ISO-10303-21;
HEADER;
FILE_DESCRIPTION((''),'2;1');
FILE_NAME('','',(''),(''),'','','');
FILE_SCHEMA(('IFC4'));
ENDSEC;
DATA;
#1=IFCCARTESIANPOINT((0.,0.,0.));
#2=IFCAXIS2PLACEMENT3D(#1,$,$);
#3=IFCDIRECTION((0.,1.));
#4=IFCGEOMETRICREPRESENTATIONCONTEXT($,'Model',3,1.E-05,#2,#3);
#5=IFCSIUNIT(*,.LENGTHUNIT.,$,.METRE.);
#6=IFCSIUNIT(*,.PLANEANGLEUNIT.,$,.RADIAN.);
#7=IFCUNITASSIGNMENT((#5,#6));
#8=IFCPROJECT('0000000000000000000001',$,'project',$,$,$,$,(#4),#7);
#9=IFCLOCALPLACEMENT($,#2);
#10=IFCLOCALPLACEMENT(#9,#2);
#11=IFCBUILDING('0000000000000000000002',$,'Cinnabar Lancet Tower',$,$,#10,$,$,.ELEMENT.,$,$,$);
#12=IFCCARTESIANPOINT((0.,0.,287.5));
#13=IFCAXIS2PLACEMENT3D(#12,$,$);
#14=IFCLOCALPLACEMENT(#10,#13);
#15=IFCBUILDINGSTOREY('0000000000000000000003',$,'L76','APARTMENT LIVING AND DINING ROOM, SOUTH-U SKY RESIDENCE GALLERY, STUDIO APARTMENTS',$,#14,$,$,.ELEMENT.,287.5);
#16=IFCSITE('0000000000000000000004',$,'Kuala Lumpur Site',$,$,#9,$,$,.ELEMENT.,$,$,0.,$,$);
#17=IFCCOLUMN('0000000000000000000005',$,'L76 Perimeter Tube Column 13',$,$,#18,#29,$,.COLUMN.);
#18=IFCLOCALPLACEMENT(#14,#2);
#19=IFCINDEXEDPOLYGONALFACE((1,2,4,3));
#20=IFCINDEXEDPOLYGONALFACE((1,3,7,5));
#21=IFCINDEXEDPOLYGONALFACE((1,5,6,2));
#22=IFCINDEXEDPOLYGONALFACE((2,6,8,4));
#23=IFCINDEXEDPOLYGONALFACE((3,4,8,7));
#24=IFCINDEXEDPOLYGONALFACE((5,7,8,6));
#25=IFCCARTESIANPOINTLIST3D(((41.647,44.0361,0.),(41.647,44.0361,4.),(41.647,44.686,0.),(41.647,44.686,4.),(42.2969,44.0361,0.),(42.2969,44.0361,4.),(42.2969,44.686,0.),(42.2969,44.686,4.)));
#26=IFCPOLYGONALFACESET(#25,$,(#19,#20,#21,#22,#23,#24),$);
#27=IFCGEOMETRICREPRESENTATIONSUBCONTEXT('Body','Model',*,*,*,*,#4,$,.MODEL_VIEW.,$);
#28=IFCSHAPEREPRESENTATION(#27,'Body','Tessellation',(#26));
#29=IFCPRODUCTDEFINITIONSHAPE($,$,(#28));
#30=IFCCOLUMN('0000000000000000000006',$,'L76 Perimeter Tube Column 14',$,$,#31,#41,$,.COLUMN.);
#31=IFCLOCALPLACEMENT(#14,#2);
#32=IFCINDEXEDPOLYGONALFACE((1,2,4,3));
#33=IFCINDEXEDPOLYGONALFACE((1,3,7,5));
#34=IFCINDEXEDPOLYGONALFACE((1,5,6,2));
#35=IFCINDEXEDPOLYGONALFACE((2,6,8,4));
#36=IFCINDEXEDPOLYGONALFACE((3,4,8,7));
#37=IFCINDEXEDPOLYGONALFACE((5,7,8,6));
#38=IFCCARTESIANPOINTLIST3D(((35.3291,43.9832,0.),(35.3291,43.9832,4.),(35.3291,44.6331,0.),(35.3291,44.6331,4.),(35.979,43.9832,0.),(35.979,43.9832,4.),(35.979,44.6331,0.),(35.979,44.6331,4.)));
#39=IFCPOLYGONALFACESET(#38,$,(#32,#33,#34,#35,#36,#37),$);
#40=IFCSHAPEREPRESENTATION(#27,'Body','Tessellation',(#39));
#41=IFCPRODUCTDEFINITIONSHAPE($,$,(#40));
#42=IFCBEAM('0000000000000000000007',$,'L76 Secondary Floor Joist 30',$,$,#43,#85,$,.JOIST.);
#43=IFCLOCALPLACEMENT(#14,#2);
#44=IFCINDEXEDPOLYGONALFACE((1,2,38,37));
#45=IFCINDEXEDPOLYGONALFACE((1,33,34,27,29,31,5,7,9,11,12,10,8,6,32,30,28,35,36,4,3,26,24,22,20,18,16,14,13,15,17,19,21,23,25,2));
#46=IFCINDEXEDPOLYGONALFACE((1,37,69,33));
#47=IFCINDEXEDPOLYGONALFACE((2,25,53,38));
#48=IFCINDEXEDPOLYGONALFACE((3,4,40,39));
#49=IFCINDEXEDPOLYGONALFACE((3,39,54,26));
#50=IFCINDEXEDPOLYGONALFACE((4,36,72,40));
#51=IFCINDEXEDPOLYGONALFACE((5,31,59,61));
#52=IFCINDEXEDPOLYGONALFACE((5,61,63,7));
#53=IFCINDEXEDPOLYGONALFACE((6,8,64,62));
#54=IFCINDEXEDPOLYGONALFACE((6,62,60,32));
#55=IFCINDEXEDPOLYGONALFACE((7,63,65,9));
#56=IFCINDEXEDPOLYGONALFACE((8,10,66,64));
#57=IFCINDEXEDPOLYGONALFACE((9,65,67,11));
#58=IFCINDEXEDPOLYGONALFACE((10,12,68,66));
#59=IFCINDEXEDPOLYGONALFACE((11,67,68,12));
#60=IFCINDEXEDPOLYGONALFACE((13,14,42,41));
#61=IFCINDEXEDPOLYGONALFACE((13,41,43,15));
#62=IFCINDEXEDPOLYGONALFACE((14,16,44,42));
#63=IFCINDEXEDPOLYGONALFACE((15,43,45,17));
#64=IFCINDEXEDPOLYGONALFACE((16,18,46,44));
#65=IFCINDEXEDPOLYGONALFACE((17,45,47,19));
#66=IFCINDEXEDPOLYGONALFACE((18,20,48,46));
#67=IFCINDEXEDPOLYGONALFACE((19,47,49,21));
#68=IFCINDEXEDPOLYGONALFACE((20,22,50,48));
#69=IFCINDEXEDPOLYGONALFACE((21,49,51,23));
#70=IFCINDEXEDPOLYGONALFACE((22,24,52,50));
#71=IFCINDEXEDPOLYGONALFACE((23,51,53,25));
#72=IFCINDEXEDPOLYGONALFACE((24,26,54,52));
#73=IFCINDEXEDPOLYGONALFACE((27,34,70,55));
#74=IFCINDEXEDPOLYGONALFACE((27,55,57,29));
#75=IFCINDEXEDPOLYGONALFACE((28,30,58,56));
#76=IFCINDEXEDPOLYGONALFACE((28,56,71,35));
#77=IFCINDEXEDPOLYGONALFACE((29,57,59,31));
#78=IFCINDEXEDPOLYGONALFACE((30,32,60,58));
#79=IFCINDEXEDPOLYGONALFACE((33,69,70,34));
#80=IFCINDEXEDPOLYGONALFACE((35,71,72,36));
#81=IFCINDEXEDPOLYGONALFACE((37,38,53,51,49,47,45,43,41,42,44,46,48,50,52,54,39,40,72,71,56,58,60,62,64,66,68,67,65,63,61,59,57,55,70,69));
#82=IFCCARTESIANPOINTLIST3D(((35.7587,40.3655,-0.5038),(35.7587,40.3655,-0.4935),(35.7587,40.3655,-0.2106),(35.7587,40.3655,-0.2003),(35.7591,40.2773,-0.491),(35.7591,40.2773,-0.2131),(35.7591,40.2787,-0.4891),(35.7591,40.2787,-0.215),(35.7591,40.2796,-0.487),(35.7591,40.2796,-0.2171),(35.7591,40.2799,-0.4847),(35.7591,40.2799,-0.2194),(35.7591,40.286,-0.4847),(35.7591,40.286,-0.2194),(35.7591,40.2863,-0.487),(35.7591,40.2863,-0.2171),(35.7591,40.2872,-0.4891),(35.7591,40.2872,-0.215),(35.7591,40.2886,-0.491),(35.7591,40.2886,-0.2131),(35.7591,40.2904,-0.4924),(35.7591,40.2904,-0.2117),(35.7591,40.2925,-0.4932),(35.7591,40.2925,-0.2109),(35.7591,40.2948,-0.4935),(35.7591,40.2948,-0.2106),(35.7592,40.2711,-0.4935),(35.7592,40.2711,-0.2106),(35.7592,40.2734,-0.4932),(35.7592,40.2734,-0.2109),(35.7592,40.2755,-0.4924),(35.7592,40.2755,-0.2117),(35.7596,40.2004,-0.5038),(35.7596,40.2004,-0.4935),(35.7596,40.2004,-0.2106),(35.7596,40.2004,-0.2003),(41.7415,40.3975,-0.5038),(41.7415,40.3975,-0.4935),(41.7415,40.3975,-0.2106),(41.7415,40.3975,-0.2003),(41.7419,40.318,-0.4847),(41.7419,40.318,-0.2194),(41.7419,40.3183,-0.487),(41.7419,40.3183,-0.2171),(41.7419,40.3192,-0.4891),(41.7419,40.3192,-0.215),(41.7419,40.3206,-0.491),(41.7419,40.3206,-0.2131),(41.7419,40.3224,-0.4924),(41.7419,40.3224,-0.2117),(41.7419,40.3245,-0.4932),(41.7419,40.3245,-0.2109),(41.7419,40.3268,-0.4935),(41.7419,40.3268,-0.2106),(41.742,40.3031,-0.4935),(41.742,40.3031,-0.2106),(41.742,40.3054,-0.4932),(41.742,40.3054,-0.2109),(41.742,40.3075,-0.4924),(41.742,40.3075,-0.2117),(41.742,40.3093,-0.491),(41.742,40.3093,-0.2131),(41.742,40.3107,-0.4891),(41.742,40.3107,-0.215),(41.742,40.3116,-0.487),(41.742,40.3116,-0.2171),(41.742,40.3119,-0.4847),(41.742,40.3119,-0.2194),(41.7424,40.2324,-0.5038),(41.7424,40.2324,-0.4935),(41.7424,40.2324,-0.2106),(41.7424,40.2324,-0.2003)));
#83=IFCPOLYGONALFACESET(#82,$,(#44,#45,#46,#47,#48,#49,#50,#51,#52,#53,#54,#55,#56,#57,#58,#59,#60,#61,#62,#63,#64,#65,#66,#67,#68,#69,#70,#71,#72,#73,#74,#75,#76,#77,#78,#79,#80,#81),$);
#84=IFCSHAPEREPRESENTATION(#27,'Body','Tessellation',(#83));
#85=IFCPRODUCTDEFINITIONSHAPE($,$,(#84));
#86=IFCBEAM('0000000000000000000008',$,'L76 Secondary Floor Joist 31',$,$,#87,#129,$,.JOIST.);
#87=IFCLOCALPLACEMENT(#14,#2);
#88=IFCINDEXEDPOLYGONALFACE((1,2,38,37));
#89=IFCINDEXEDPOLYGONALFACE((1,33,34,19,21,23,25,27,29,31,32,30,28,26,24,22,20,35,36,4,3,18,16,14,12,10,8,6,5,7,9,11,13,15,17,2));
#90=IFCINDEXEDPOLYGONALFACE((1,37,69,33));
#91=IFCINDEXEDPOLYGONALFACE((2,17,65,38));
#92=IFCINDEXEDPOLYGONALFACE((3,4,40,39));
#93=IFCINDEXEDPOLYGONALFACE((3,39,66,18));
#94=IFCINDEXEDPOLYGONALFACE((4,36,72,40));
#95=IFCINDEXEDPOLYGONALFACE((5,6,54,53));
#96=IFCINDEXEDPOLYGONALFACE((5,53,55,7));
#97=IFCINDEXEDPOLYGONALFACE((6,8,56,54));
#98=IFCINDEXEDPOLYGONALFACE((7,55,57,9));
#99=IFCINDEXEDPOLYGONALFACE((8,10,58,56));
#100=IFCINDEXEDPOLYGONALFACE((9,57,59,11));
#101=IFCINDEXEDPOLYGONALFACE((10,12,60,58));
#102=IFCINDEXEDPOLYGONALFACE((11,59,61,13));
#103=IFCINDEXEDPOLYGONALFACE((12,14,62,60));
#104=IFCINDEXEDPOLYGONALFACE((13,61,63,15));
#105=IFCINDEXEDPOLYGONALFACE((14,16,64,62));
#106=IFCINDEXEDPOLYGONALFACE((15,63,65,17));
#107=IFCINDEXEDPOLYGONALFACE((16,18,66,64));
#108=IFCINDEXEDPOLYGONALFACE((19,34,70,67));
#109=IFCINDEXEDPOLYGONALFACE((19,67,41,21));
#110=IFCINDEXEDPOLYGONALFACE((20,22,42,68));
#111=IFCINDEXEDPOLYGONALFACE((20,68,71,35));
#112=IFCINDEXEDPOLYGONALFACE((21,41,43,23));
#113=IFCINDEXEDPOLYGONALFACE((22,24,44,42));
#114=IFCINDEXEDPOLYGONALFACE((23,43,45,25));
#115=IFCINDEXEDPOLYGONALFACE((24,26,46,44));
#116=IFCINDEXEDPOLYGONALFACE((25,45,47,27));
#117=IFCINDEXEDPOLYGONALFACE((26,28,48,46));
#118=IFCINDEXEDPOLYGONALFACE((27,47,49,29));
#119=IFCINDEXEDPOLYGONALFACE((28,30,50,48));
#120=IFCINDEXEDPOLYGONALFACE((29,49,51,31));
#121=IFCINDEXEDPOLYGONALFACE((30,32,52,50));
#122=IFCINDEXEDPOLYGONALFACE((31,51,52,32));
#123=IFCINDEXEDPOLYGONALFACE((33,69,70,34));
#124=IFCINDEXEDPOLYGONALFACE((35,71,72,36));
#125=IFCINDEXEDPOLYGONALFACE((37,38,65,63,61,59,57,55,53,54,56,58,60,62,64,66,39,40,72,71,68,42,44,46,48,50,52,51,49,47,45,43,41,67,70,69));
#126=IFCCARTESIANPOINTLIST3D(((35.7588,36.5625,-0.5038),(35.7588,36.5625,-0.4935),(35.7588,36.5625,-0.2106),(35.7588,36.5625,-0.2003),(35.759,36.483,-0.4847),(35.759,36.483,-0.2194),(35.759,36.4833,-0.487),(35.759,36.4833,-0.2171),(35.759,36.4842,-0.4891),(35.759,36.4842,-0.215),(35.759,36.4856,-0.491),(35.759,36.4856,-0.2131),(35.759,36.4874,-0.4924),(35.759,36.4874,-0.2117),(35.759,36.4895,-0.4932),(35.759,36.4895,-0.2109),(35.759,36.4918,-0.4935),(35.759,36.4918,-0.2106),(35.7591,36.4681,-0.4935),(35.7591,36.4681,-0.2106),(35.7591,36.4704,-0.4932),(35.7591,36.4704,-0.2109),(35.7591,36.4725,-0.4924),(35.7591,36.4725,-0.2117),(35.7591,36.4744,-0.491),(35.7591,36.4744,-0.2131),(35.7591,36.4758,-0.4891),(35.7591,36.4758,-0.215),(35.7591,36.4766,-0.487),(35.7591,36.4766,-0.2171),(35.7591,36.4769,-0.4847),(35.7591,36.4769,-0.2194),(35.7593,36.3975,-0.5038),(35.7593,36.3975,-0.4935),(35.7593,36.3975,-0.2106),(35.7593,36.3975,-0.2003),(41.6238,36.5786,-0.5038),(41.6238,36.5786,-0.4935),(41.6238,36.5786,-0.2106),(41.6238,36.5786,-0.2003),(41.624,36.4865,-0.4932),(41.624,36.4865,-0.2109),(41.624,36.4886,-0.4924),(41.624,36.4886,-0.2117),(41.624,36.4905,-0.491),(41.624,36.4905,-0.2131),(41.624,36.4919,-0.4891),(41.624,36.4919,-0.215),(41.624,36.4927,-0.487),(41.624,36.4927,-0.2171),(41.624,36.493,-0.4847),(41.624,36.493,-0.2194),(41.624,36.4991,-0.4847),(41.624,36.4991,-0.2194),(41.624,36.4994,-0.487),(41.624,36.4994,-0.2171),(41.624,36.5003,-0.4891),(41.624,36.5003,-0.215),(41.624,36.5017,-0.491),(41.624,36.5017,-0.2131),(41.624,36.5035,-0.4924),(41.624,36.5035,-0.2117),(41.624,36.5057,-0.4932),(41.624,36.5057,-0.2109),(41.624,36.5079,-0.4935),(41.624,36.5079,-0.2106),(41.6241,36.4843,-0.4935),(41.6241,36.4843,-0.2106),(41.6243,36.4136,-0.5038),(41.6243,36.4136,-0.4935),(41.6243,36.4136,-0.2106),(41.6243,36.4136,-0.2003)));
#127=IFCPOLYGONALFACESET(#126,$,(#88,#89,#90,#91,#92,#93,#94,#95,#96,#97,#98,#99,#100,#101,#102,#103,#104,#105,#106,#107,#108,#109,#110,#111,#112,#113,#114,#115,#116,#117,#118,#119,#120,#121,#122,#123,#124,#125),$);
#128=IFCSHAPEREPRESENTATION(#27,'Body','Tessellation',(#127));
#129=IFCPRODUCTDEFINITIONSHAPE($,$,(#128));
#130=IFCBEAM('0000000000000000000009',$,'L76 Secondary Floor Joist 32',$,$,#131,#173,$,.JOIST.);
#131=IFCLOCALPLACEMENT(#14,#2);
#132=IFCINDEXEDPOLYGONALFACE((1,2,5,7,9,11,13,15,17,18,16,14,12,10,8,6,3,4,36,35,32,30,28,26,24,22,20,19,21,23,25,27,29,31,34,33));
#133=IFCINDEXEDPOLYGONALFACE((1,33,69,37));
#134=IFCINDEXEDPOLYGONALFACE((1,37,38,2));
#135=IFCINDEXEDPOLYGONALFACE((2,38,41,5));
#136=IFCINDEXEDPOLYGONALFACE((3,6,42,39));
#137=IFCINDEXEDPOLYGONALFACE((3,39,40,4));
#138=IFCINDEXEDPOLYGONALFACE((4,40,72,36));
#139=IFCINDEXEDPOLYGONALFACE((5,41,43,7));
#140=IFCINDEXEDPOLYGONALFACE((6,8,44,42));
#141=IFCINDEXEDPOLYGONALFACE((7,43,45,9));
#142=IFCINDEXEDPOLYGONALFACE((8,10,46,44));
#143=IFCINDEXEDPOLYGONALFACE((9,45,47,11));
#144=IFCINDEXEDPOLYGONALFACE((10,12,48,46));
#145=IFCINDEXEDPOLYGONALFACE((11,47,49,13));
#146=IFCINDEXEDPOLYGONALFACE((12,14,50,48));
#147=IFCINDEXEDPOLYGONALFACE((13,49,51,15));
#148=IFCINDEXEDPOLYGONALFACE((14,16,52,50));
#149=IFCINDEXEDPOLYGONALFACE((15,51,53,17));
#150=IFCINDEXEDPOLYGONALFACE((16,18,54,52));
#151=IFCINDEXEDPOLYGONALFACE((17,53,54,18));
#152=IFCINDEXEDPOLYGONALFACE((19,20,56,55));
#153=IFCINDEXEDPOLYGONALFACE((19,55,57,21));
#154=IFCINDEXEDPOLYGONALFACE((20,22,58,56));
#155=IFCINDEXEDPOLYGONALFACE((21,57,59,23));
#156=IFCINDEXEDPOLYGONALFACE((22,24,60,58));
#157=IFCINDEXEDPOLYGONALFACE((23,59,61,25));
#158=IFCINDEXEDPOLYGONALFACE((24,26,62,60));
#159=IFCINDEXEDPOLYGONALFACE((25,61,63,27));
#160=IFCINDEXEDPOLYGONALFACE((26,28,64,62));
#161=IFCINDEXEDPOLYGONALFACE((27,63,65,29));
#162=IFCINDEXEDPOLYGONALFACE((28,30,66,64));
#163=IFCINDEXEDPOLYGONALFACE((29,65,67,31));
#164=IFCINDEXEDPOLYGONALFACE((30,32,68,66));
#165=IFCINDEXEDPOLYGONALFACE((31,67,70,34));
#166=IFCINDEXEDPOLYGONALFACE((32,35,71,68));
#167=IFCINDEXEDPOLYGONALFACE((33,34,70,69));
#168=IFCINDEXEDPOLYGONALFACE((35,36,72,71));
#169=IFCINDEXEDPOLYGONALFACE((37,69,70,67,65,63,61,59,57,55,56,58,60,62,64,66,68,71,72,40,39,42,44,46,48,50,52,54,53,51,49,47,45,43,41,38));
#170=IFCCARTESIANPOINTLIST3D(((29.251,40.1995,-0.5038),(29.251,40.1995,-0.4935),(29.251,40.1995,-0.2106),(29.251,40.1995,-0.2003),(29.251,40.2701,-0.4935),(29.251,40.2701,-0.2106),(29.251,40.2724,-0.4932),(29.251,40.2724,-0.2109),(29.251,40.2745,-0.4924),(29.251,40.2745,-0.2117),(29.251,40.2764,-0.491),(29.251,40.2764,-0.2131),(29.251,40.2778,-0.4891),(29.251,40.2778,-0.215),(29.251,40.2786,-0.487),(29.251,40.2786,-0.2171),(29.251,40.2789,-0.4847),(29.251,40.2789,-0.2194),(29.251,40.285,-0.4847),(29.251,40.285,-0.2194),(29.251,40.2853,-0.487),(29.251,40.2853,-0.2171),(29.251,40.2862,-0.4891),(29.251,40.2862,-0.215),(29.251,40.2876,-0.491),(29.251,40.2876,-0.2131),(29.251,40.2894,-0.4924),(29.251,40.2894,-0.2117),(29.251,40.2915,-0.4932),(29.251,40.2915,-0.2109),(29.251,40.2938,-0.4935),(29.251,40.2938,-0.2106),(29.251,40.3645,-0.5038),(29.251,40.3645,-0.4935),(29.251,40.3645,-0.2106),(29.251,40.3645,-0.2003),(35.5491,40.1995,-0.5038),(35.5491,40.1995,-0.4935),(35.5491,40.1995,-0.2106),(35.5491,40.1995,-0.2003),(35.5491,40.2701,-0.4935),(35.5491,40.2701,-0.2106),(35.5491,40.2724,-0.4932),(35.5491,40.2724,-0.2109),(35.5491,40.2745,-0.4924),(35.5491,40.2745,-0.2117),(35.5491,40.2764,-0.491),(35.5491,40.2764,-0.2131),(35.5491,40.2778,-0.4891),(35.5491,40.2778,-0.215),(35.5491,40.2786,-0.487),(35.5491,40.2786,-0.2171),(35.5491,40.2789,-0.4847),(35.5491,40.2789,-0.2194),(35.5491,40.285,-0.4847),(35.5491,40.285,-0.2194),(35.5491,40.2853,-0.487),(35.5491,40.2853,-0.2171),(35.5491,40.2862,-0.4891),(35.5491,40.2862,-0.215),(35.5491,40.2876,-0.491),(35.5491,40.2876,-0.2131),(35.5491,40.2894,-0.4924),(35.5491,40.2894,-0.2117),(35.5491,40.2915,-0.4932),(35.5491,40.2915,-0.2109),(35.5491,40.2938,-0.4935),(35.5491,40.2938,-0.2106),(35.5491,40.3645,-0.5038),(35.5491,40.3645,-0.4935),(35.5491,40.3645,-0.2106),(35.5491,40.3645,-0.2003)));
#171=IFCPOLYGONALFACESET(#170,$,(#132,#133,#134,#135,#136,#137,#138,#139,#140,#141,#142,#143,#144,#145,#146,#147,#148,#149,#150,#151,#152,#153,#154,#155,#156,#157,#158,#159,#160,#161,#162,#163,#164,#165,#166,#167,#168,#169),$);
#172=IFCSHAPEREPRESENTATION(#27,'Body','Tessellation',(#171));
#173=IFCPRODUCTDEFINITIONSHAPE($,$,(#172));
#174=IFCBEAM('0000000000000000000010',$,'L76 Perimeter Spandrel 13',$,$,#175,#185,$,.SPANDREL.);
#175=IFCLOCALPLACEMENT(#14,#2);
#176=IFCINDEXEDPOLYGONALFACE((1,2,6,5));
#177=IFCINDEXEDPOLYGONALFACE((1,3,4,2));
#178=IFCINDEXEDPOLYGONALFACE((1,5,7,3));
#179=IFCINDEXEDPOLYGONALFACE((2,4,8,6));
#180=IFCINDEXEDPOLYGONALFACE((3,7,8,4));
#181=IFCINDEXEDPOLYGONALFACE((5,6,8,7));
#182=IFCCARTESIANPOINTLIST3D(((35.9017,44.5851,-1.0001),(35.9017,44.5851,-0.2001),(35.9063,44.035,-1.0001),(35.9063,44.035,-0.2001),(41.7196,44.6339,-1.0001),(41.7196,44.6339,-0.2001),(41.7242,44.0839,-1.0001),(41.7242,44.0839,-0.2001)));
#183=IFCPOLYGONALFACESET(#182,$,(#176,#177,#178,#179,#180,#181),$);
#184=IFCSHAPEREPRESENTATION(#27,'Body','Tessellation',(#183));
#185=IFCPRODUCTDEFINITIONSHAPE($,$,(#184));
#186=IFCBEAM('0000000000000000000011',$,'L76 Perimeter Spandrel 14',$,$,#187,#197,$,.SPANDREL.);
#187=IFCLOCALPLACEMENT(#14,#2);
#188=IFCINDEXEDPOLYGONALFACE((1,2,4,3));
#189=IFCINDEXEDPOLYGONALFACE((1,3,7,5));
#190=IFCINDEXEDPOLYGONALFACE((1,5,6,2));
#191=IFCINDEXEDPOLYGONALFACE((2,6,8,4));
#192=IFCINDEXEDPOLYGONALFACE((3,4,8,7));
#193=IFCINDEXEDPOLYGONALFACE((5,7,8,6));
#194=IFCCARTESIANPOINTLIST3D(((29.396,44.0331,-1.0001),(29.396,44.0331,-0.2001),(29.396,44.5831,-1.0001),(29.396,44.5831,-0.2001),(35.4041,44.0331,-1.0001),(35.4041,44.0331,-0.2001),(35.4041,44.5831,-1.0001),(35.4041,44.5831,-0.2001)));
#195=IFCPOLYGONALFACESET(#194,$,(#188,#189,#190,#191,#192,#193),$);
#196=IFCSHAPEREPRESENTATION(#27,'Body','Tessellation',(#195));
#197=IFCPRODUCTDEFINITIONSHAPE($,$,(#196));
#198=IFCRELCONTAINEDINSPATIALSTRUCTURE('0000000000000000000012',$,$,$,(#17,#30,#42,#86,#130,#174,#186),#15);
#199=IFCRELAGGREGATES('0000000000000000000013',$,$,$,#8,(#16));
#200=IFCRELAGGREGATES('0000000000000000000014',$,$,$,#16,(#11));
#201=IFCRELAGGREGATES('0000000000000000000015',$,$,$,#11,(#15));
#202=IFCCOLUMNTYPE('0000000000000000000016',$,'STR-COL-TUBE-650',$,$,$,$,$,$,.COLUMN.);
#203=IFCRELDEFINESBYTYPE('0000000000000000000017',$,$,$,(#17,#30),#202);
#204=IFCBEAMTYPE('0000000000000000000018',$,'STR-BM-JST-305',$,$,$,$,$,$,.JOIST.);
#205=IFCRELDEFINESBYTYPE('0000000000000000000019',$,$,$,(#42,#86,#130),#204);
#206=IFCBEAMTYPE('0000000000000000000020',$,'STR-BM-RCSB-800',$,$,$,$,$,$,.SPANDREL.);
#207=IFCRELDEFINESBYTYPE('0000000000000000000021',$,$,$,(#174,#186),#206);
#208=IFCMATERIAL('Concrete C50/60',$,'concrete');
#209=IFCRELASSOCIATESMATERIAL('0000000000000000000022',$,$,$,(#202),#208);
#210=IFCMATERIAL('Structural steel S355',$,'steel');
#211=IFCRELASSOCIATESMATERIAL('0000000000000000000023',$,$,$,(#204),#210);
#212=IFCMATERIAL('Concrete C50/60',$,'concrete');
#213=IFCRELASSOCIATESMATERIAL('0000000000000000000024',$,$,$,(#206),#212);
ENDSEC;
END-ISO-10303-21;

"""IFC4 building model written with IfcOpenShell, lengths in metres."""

from ifc_helpers import new_model, si_unit, direction, frame, origin, origin_2d, place, context, subcontext, project, spatial, rectangle, i_section, extrude, material, material_profile, profile_set, type_object, element, save


model = new_model("IFC4")

# Units and contexts
model_context = context("Model", 3, precision=1e-05, world=origin(), true_north=direction((0.0, 1.0)))
body_context = subcontext(model_context, "Body", "Model", "MODEL_VIEW")
ifc_project = project(units=[si_unit("LENGTHUNIT", "METRE"), si_unit("PLANEANGLEUNIT", "RADIAN")], contexts=[model_context])

# Site, building, storey
site_placement = place(None, origin())
site = spatial("IfcSite", under=ifc_project, at=site_placement, Name="Kuala Lumpur Site", CompositionType="ELEMENT", RefElevation=0.0)
building_placement = place(site_placement, origin())
building = spatial("IfcBuilding", under=site, at=building_placement, Name="Cinnabar Lancet Tower", CompositionType="ELEMENT")
storey_placement = place(building_placement, frame((0.0, 0.0, 287.5)))
storey = spatial("IfcBuildingStorey", under=building, at=storey_placement, Name="L76", Description="APARTMENT LIVING AND DINING ROOM, SOUTH-U SKY RESIDENCE GALLERY, STUDIO APARTMENTS", CompositionType="ELEMENT", Elevation=287.5)

# Columns
ifc_material_1 = material(Name="Concrete C50/60", Category="concrete")
ifc_material_profile_1 = material_profile(ifc_material_1, rectangle(XDim=0.6499, YDim=0.6499, at=origin_2d()), Name="RC-COL 650x650")
ifc_profile_set_1 = profile_set([ifc_material_profile_1], Name="Concrete C50/60")
column_type = type_object("IfcColumnType", Name="STR-COL-TUBE-650", PredefinedType="COLUMN", material=ifc_profile_set_1)
for number, where, z_axis, x_axis, name in (
    (1, (41.9719, 44.3611, 0.0), (0.0, 0.0, 1.0), (1.0, 0.0, 0.0), "L76 Perimeter Tube Column 13"),
    (2, (35.6541, 44.3081, 0.0), (0.0, 0.0, 1.0), (1.0, 0.0, 0.0), "L76 Perimeter Tube Column 14"),
):
    element("IfcColumn", number, at=place(storey_placement, frame(where, z_axis=z_axis, x_axis=x_axis)), inside=storey, type_object=column_type, Name=name, PredefinedType="COLUMN", context=body_context, shape_type="SweptSolid", body=[
        extrude(rectangle(XDim=0.6499, YDim=0.6499, at=origin_2d()), origin(), (0.0, 0.0, 1.0), 4.0),
    ])

# Beams
ifc_material_2 = material(Name="Structural steel S355", Category="steel")
ifc_material_profile_2 = material_profile(ifc_material_2, i_section(OverallWidth=0.165, OverallDepth=0.3035, WebThickness=0.0061, FlangeThickness=0.0103, FilletRadius=0.0088, at=origin_2d()), Name="UKB 305x165x40")
ifc_profile_set_2 = profile_set([ifc_material_profile_2], Name="Structural steel S355")
beam_type_1 = type_object("IfcBeamType", Name="STR-BM-JST-305", PredefinedType="JOIST", material=ifc_profile_set_2)
beam_1_placement = place(storey_placement, frame((41.7419, 40.3149, -0.3521), z_axis=(-0.999986, -0.005346, 0.0), x_axis=(0.005346, -0.999986, 0.0)))
element("IfcBeam", 3, at=beam_1_placement, inside=storey, type_object=beam_type_1, Name="L76 Secondary Floor Joist 30", PredefinedType="JOIST", context=body_context, shape_type="SweptSolid", body=[
    extrude(i_section(OverallWidth=0.165, OverallDepth=0.3035, WebThickness=0.0061, FlangeThickness=0.0103, FilletRadius=0.0088, at=origin_2d()), origin(), (0.0, 0.0, 1.0), 5.9829),
])
beam_2_placement = place(storey_placement, frame((41.624, 36.4961, -0.3521), z_axis=(-0.999996, -0.002747, 0.0), x_axis=(0.002747, -0.999996, 0.0)))
element("IfcBeam", 4, at=beam_2_placement, inside=storey, type_object=beam_type_1, Name="L76 Secondary Floor Joist 31", PredefinedType="JOIST", context=body_context, shape_type="SweptSolid", body=[
    extrude(i_section(OverallWidth=0.165, OverallDepth=0.3035, WebThickness=0.0061, FlangeThickness=0.0103, FilletRadius=0.0088, at=origin_2d()), origin(), (0.0, 0.0, 1.0), 5.865),
])
beam_3_placement = place(storey_placement, frame((35.5491, 40.282, -0.3521), z_axis=(-1.0, 0.0, 0.0), x_axis=(0.0, -1.0, 0.0)))
element("IfcBeam", 5, at=beam_3_placement, inside=storey, type_object=beam_type_1, Name="L76 Secondary Floor Joist 32", PredefinedType="JOIST", context=body_context, shape_type="SweptSolid", body=[
    extrude(i_section(OverallWidth=0.165, OverallDepth=0.3035, WebThickness=0.0061, FlangeThickness=0.0103, FilletRadius=0.0088, at=origin_2d()), origin(), (0.0, 0.0, 1.0), 6.2981),
])
ifc_material_3 = material(Name="Concrete C50/60", Category="concrete")
ifc_material_profile_3 = material_profile(ifc_material_3, rectangle(XDim=0.55, YDim=0.8, at=origin_2d()), Name="RC-SB 550x800")
ifc_profile_set_3 = profile_set([ifc_material_profile_3], Name="Concrete C50/60")
beam_type_2 = type_object("IfcBeamType", Name="STR-BM-RCSB-800", PredefinedType="SPANDREL", material=ifc_profile_set_3)
beam_4_placement = place(storey_placement, frame((41.7219, 44.3589, -0.6001), z_axis=(-0.999965, -0.008392, 0.0), x_axis=(0.008392, -0.999965, 0.0)))
element("IfcBeam", 6, at=beam_4_placement, inside=storey, type_object=beam_type_2, Name="L76 Perimeter Spandrel 13", PredefinedType="SPANDREL", context=body_context, shape_type="SweptSolid", body=[
    extrude(rectangle(XDim=0.55, YDim=0.8, at=origin_2d()), origin(), (0.0, 0.0, 1.0), 5.8181),
])
beam_5_placement = place(storey_placement, frame((35.4041, 44.3081, -0.6001), z_axis=(-1.0, 0.0, 0.0), x_axis=(0.0, -1.0, 0.0)))
element("IfcBeam", 7, at=beam_5_placement, inside=storey, type_object=beam_type_2, Name="L76 Perimeter Spandrel 14", PredefinedType="SPANDREL", context=body_context, shape_type="SweptSolid", body=[
    extrude(rectangle(XDim=0.55, YDim=0.8, at=origin_2d()), origin(), (0.0, 0.0, 1.0), 6.0081),
])

save(model, "model.ifc")
